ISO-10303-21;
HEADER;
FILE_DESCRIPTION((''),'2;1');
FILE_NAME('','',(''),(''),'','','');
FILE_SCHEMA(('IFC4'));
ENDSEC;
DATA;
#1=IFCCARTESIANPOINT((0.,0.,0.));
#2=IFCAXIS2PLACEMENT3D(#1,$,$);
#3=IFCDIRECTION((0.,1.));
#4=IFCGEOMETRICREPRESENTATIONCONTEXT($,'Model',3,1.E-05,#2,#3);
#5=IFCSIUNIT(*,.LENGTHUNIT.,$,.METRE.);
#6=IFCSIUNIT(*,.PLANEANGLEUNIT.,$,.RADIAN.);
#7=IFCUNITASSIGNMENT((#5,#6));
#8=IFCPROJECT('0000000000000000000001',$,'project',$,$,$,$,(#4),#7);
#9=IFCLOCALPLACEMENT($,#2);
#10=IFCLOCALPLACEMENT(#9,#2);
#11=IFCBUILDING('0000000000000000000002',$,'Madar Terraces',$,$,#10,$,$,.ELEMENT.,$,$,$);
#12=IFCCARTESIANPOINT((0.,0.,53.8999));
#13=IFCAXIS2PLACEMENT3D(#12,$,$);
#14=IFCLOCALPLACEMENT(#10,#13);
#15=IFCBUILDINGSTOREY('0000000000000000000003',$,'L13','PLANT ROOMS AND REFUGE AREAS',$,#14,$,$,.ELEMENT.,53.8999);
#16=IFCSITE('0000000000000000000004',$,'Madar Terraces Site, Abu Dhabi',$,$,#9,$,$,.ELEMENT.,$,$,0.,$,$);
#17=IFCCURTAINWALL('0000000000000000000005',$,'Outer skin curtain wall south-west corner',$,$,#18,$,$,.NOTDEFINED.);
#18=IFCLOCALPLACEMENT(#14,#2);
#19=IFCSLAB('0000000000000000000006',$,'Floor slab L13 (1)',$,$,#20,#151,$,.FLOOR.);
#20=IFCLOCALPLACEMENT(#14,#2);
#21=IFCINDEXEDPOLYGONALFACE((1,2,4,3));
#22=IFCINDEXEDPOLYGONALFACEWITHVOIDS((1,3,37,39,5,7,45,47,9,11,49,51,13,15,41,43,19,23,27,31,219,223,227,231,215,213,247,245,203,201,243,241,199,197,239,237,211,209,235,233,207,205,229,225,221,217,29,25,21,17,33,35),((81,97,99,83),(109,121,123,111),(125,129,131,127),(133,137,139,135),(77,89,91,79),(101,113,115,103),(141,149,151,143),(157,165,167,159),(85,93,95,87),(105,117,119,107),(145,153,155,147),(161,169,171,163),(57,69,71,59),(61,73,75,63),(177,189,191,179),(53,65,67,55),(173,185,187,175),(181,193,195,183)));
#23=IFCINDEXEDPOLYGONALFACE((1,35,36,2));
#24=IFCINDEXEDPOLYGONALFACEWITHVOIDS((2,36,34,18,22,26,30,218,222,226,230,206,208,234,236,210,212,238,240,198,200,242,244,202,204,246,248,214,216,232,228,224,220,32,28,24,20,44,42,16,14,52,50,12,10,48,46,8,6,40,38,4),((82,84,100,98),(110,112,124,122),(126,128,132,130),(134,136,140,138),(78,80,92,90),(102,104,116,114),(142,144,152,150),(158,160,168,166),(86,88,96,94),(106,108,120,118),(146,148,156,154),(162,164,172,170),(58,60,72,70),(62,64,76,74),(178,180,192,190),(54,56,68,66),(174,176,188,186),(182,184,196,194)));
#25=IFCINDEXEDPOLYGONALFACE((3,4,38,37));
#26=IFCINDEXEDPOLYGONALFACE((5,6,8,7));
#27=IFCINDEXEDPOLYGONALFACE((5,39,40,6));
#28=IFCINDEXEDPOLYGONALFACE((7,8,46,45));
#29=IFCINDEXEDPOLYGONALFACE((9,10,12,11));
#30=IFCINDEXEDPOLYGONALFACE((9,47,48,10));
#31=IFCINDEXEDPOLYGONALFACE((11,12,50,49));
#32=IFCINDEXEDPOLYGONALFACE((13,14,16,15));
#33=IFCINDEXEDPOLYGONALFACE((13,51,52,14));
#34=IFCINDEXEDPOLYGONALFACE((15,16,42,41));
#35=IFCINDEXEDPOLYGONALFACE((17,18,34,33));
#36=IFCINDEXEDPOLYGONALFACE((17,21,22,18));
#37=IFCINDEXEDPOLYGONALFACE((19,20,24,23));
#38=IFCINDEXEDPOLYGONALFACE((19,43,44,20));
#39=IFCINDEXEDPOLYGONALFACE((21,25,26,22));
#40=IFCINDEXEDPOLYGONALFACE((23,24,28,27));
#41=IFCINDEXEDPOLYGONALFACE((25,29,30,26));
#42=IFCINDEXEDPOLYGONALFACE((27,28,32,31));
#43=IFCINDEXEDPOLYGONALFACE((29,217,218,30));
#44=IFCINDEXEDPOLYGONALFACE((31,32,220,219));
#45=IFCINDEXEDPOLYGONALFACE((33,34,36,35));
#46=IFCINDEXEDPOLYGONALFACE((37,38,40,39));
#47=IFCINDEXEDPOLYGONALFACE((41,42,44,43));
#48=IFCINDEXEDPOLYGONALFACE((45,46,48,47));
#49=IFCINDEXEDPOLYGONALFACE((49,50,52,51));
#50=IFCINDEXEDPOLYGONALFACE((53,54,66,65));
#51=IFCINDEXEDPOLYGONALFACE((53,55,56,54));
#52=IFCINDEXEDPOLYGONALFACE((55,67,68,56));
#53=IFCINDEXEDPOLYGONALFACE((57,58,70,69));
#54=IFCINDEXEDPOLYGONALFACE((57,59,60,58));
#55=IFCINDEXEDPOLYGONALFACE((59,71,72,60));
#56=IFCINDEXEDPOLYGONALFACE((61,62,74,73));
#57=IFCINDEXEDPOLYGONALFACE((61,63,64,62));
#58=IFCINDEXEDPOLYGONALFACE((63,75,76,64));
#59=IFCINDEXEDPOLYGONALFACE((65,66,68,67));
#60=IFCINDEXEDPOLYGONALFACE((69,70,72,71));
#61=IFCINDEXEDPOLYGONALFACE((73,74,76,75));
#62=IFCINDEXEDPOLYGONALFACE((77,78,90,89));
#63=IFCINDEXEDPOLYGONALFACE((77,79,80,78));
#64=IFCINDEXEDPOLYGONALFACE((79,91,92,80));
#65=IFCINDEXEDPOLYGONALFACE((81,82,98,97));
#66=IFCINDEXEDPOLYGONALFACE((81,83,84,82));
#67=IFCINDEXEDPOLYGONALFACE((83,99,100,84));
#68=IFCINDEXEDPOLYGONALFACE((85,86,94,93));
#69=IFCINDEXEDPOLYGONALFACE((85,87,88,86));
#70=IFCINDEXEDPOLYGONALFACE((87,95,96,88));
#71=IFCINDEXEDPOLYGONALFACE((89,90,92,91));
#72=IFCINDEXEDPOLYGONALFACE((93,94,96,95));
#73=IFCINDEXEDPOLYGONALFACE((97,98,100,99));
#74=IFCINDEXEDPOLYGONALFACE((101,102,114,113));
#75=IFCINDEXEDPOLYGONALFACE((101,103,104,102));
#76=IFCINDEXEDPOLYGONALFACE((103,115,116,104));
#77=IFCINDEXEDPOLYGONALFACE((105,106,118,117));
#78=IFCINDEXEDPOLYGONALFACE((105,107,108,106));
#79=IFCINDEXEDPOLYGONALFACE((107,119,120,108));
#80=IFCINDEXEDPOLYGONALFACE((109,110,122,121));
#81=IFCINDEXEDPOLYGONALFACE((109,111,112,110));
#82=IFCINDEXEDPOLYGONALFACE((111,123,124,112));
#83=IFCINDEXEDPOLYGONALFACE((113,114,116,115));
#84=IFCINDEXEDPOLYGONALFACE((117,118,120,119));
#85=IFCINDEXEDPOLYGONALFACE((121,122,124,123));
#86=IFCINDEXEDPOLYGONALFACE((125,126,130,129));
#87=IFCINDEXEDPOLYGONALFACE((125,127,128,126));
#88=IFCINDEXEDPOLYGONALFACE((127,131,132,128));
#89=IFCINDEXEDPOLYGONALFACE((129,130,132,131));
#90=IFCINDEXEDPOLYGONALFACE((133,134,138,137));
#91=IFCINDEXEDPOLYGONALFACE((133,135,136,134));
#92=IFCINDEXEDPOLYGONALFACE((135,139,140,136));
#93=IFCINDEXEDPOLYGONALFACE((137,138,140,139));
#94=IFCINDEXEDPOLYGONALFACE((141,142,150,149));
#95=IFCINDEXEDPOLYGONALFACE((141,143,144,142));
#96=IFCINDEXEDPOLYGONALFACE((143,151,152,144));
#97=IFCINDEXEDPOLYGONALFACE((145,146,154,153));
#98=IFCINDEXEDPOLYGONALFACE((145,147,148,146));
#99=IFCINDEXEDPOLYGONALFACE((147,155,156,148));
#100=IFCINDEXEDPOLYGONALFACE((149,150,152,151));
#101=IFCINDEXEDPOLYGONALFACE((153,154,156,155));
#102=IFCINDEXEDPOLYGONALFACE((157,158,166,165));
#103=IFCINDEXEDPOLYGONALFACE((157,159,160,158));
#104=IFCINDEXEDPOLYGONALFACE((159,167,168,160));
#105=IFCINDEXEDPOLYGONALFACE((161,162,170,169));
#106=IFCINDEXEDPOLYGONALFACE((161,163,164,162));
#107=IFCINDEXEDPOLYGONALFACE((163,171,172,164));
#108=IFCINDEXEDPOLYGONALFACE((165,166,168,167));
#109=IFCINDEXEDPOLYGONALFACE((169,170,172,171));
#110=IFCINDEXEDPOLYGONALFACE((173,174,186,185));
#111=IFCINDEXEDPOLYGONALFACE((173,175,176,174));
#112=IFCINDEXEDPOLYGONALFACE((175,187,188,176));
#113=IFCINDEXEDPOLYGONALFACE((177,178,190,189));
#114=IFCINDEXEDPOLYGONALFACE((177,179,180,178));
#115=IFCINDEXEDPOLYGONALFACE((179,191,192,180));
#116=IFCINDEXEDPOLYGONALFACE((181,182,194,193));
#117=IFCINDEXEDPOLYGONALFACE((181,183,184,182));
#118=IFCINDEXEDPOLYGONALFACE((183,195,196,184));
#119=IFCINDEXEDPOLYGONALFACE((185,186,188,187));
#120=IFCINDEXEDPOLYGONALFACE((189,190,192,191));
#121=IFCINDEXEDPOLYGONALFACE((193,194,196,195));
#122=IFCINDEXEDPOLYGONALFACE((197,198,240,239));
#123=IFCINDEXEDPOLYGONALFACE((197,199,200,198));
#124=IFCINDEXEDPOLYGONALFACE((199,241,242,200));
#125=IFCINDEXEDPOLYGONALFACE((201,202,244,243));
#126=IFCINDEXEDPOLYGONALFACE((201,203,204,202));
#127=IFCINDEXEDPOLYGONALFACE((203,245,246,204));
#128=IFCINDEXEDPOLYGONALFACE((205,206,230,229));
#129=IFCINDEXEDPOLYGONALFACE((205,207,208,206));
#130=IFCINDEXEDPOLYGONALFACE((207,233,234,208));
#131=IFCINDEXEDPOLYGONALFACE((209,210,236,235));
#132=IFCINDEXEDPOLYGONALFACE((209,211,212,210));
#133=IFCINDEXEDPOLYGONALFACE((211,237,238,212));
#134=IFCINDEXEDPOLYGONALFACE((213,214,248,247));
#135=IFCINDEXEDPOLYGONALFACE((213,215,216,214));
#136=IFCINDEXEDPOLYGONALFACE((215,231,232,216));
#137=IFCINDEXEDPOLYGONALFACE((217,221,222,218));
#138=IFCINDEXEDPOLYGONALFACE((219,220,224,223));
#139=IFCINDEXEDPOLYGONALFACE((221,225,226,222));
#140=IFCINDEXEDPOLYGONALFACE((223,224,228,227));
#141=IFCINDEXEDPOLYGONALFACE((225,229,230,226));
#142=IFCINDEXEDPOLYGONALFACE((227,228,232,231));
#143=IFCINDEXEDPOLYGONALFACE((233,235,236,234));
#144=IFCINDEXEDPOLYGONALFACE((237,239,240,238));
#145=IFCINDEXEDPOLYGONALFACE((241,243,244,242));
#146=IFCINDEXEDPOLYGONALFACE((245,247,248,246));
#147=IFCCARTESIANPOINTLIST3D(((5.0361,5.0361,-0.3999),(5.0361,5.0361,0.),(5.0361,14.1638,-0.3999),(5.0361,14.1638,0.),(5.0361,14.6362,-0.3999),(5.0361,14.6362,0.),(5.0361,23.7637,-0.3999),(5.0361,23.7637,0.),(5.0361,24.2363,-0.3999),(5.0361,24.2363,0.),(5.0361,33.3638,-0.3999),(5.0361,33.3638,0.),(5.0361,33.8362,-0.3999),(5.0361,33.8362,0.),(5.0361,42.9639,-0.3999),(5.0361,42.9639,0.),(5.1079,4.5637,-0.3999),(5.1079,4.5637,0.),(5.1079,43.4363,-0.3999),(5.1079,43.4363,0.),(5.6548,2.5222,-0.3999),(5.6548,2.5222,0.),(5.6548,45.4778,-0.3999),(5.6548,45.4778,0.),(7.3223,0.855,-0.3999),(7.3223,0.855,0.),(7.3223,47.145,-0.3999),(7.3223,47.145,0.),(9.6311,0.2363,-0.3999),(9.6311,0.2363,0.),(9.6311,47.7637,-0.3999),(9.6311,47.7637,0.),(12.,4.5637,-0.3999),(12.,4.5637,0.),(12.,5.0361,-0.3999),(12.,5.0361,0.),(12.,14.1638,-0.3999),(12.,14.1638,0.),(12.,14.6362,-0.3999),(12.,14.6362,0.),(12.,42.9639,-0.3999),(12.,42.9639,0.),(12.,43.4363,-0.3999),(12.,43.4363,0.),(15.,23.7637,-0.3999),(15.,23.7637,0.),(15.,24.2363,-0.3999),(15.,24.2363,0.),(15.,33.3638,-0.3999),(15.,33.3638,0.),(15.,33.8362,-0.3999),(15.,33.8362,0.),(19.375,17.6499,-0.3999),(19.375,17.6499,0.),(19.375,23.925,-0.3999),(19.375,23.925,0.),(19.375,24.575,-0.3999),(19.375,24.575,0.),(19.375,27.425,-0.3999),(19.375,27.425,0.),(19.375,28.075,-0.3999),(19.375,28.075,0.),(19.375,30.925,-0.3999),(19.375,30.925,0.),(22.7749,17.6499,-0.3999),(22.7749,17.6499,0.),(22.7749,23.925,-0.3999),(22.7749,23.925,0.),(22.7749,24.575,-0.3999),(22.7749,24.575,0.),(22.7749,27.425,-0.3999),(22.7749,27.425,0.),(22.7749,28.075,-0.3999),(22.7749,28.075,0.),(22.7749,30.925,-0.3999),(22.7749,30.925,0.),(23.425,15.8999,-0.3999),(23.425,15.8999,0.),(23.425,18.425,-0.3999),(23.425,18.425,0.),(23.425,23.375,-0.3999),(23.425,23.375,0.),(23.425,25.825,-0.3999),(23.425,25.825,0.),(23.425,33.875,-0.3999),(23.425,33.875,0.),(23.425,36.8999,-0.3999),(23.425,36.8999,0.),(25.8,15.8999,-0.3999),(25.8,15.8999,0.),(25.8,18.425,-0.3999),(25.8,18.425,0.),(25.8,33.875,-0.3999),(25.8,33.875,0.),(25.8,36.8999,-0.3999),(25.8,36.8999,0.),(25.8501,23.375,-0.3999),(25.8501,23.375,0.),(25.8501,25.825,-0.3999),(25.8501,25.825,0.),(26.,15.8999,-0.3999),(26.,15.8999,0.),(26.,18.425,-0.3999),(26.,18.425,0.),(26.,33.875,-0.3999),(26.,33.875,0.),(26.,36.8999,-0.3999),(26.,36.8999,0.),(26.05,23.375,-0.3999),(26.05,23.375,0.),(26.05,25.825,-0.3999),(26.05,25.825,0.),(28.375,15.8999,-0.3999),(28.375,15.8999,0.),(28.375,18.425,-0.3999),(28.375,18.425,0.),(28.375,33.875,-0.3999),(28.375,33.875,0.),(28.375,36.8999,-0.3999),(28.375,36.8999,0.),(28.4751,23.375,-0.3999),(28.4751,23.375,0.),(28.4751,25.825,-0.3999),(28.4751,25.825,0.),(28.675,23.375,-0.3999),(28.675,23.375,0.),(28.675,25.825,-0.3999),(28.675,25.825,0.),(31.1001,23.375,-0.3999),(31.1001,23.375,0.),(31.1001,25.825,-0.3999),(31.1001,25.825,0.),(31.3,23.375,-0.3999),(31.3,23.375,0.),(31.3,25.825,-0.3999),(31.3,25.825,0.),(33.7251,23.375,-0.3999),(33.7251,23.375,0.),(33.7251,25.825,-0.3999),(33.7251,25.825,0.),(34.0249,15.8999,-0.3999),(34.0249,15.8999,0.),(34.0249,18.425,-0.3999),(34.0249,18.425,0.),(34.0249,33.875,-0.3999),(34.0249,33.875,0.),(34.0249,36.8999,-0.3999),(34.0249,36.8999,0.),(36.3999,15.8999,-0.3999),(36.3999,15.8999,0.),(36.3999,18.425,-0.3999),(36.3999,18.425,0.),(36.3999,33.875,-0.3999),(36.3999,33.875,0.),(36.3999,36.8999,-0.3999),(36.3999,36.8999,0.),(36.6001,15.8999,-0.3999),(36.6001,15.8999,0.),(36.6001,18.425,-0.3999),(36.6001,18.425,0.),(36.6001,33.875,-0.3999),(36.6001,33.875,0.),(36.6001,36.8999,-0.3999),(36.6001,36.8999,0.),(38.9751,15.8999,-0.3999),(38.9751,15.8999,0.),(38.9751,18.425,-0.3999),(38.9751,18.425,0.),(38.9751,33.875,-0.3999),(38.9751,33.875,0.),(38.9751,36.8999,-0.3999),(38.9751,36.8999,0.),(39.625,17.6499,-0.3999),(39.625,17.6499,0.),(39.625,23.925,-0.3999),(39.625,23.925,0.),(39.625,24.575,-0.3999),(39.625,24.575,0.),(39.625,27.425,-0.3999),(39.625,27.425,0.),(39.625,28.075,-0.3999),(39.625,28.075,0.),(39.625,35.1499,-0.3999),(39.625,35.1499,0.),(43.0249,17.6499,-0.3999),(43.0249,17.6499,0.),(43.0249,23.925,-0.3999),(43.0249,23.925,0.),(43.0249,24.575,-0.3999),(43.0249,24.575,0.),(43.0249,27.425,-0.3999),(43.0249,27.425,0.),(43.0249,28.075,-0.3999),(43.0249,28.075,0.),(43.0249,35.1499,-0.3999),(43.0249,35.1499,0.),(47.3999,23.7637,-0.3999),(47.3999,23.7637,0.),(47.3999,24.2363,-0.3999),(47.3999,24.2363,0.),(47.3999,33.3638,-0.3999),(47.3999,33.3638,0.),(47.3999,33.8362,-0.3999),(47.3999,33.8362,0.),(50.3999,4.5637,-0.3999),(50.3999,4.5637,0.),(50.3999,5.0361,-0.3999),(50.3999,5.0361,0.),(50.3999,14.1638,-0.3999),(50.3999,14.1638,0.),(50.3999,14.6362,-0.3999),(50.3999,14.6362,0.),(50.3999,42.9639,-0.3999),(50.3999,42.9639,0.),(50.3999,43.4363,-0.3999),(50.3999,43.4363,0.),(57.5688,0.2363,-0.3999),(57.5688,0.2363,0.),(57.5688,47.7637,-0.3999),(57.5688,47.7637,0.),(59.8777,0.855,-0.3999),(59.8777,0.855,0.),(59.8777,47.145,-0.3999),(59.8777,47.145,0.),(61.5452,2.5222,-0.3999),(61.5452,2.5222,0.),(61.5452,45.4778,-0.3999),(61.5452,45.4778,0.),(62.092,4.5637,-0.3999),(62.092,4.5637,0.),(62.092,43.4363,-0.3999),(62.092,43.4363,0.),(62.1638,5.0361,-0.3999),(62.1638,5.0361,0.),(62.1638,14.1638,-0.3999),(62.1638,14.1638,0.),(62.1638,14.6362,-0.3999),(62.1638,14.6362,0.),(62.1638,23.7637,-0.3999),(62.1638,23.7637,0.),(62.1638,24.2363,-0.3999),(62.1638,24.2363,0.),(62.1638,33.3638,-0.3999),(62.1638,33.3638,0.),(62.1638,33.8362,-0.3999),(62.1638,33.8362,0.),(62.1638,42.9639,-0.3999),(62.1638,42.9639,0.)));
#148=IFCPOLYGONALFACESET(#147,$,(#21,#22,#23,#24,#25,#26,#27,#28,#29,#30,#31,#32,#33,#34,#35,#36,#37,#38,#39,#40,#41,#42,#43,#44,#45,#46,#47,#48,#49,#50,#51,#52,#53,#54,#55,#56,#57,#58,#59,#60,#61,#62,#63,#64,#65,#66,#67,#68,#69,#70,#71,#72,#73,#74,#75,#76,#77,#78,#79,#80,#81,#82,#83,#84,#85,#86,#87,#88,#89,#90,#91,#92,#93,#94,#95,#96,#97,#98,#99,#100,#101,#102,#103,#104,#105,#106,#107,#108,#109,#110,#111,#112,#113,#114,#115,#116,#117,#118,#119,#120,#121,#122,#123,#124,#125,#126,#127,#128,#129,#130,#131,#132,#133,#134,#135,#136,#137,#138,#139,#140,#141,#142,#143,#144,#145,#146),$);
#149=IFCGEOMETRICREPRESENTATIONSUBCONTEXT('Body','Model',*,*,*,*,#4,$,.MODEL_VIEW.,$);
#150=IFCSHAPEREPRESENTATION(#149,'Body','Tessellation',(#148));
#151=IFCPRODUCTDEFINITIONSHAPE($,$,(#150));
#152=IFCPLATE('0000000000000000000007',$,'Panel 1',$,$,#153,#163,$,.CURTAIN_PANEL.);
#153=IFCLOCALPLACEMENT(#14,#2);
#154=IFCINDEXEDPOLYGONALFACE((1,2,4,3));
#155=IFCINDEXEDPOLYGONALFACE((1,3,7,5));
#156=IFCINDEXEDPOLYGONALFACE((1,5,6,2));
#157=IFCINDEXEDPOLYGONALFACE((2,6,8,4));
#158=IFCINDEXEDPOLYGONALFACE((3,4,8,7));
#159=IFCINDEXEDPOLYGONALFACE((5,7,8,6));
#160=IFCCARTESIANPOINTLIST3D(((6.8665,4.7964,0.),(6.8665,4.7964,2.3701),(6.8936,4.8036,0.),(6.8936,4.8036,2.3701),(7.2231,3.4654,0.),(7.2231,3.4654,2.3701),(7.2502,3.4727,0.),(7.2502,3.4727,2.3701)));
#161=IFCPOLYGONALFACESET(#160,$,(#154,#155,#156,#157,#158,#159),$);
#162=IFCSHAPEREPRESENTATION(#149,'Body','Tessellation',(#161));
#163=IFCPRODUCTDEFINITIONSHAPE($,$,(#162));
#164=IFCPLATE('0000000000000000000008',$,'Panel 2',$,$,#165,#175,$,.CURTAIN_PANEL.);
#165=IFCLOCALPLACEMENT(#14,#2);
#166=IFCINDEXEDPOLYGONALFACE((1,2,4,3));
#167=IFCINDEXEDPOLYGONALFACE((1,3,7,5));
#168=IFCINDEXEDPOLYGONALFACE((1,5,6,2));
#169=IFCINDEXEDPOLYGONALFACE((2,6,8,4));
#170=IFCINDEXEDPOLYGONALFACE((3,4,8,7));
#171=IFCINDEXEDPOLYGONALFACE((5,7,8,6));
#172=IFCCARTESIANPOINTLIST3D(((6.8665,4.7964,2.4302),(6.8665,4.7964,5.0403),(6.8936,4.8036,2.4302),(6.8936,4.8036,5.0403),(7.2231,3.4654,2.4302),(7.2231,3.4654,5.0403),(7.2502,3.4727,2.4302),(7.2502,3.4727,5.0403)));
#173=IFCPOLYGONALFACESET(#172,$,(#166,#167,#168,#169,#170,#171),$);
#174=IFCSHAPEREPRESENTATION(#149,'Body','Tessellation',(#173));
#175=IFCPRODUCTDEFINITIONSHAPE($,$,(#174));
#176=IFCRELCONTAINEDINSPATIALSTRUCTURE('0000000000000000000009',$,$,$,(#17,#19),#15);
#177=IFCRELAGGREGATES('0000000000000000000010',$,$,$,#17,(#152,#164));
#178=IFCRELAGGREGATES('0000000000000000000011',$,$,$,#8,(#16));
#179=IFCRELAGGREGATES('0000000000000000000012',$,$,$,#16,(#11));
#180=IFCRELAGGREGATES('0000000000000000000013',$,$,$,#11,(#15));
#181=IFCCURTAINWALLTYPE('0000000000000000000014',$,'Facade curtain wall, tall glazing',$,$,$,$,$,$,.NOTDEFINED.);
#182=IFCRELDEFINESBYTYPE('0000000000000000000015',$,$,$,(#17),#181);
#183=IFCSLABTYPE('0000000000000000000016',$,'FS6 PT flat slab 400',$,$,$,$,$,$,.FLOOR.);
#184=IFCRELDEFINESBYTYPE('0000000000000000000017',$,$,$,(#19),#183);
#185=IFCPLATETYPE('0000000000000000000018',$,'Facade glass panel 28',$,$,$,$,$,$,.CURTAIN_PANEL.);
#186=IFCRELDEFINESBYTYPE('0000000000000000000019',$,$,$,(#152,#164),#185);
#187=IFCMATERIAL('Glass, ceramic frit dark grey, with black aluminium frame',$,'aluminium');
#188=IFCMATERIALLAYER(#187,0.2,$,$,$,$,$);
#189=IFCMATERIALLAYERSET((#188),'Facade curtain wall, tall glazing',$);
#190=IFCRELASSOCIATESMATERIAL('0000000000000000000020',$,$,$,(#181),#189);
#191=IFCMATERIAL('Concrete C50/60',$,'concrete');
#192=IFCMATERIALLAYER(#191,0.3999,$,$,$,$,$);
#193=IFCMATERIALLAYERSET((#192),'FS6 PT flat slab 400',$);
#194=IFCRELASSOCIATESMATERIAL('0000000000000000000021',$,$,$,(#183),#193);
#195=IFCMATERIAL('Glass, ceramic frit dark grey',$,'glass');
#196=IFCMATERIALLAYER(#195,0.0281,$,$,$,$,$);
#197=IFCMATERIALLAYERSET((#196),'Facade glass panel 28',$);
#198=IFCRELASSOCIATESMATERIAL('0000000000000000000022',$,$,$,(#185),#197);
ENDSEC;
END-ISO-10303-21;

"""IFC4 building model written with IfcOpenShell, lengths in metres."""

from ifc_helpers import new_model, si_unit, direction, frame, origin, origin_2d, place, context, subcontext, project, spatial, polyline, rectangle, outline, extrude, material, layer, layer_set, type_object, element, aggregate, save


model = new_model("IFC4")

# Units and contexts
model_context = context("Model", 3, precision=1e-05, world=origin(), true_north=direction((0.0, 1.0)))
body_context = subcontext(model_context, "Body", "Model", "MODEL_VIEW")
ifc_project = project(units=[si_unit("LENGTHUNIT", "METRE"), si_unit("PLANEANGLEUNIT", "RADIAN")], contexts=[model_context])

# Site, building, storey
site_placement = place(None, origin())
site = spatial("IfcSite", under=ifc_project, at=site_placement, Name="Madar Terraces Site, Abu Dhabi", CompositionType="ELEMENT", RefElevation=0.0)
building_placement = place(site_placement, origin())
building = spatial("IfcBuilding", under=site, at=building_placement, Name="Madar Terraces", CompositionType="ELEMENT")
storey_placement = place(building_placement, frame((0.0, 0.0, 53.8999)))
storey = spatial("IfcBuildingStorey", under=building, at=storey_placement, Name="L13", Description="PLANT ROOMS AND REFUGE AREAS", CompositionType="ELEMENT", Elevation=53.8999)

# Curtain wall
ifc_material_1 = material(Name="Glass, ceramic frit dark grey, with black aluminium frame", Category="aluminium")
ifc_layer_1 = layer(ifc_material_1, 0.2)
ifc_layer_set_1 = layer_set([ifc_layer_1], Name="Facade curtain wall, tall glazing")
curtain_wall_type = type_object("IfcCurtainWallType", Name="Facade curtain wall, tall glazing", PredefinedType="NOTDEFINED", material=ifc_layer_set_1)
curtain_wall_placement = place(storey_placement, origin())
curtain_wall = element("IfcCurtainWall", 1, at=curtain_wall_placement, inside=storey, type_object=curtain_wall_type, Name="Outer skin curtain wall south-west corner", PredefinedType="NOTDEFINED")

# Slab
ifc_material_2 = material(Name="Concrete C50/60", Category="concrete")
ifc_layer_2 = layer(ifc_material_2, 0.3999)
ifc_layer_set_2 = layer_set([ifc_layer_2], Name="FS6 PT flat slab 400")
slab_type_1 = type_object("IfcSlabType", Name="FS6 PT flat slab 400", PredefinedType="FLOOR", material=ifc_layer_set_2)
slab_1_placement = place(storey_placement, frame((0.0, 0.0, -0.3999)))
element("IfcSlab", 2, at=slab_1_placement, inside=storey, type_object=slab_type_1, Name="Floor slab L13 (1)", PredefinedType="FLOOR", context=body_context, shape_type="SweptSolid", body=[
    extrude(outline(polyline([(9.6311, 0.2363), (57.5688, 0.2363), (59.8777, 0.855), (61.5452, 2.5222), (62.092, 4.5637), (50.3999, 4.5637), (50.3999, 5.0361), (62.1638, 5.0361), (62.1638, 14.1638), (50.3999, 14.1638), (50.3999, 14.6362), (62.1638, 14.6362), (62.1638, 23.7637), (47.3999, 23.7637), (47.3999, 24.2363), (62.1638, 24.2363), (62.1638, 33.3638), (47.3999, 33.3638), (47.3999, 33.8362), (62.1638, 33.8362), (62.1638, 42.9639), (50.3999, 42.9639), (50.3999, 43.4363), (62.092, 43.4363), (61.5452, 45.4778), (59.8777, 47.145), (57.5688, 47.7637), (9.6311, 47.7637), (7.3223, 47.145), (5.6548, 45.4778), (5.1079, 43.4363), (12.0, 43.4363), (12.0, 42.9639), (5.0361, 42.9639), (5.0361, 33.8362), (15.0, 33.8362), (15.0, 33.3638), (5.0361, 33.3638), (5.0361, 24.2363), (15.0, 24.2363), (15.0, 23.7637), (5.0361, 23.7637), (5.0361, 14.6362), (12.0, 14.6362), (12.0, 14.1638), (5.0361, 14.1638), (5.0361, 5.0361), (12.0, 5.0361), (12.0, 4.5637), (5.1079, 4.5637), (5.6548, 2.5222), (7.3223, 0.855), (9.6311, 0.2363)]), holes=[polyline([(23.425, 15.8999), (23.425, 18.425), (25.8, 18.425), (25.8, 15.8999), (23.425, 15.8999)]), polyline([(26.0, 15.8999), (26.0, 18.425), (28.375, 18.425), (28.375, 15.8999), (26.0, 15.8999)]), polyline([(19.375, 17.6499), (19.375, 23.925), (22.7749, 23.925), (22.7749, 17.6499), (19.375, 17.6499)]), polyline([(23.425, 23.375), (23.425, 25.825), (25.8501, 25.825), (25.8501, 23.375), (23.425, 23.375)]), polyline([(26.05, 23.375), (26.05, 25.825), (28.4751, 25.825), (28.4751, 23.375), (26.05, 23.375)]), polyline([(19.375, 24.575), (19.375, 27.425), (22.7749, 27.425), (22.7749, 24.575), (19.375, 24.575)]), polyline([(19.375, 28.075), (19.375, 30.925), (22.7749, 30.925), (22.7749, 28.075), (19.375, 28.075)]), polyline([(23.425, 36.8999), (25.8, 36.8999), (25.8, 33.875), (23.425, 33.875), (23.425, 36.8999)]), polyline([(26.0, 36.8999), (28.375, 36.8999), (28.375, 33.875), (26.0, 33.875), (26.0, 36.8999)]), polyline([(34.0249, 15.8999), (34.0249, 18.425), (36.3999, 18.425), (36.3999, 15.8999), (34.0249, 15.8999)]), polyline([(36.6001, 15.8999), (36.6001, 18.425), (38.9751, 18.425), (38.9751, 15.8999), (36.6001, 15.8999)]), polyline([(39.625, 17.6499), (39.625, 23.925), (43.0249, 23.925), (43.0249, 17.6499), (39.625, 17.6499)]), polyline([(28.675, 23.375), (28.675, 25.825), (31.1001, 25.825), (31.1001, 23.375), (28.675, 23.375)]), polyline([(31.3, 23.375), (31.3, 25.825), (33.7251, 25.825), (33.7251, 23.375), (31.3, 23.375)]), polyline([(39.625, 24.575), (39.625, 27.425), (43.0249, 27.425), (43.0249, 24.575), (39.625, 24.575)]), polyline([(39.625, 28.075), (39.625, 35.1499), (43.0249, 35.1499), (43.0249, 28.075), (39.625, 28.075)]), polyline([(34.0249, 36.8999), (36.3999, 36.8999), (36.3999, 33.875), (34.0249, 33.875), (34.0249, 36.8999)]), polyline([(36.6001, 36.8999), (38.9751, 36.8999), (38.9751, 33.875), (36.6001, 33.875), (36.6001, 36.8999)])]), origin(), (0.0, 0.0, 1.0), 0.3999),
])

# Plates
ifc_material_3 = material(Name="Glass, ceramic frit dark grey", Category="glass")
ifc_layer_3 = layer(ifc_material_3, 0.0281)
ifc_layer_set_3 = layer_set([ifc_layer_3], Name="Facade glass panel 28")
plate_type = type_object("IfcPlateType", Name="Facade glass panel 28", PredefinedType="CURTAIN_PANEL", material=ifc_layer_set_3)
plate_1_placement = place(storey_placement, frame((7.0583, 4.1345, 0.0), z_axis=(0.0, 0.0, 1.0), x_axis=(0.258819, -0.965926, 0.0)))
plate_1 = element("IfcPlate", 3, at=plate_1_placement, type_object=plate_type, Name="Panel 1", PredefinedType="CURTAIN_PANEL", context=body_context, shape_type="SweptSolid", body=[
    extrude(rectangle(XDim=1.3779, YDim=0.0281, at=origin_2d()), origin(), (0.0, 0.0, 1.0), 2.3701),
])
plate_2_placement = place(storey_placement, frame((7.0583, 4.1345, 2.4302), z_axis=(0.0, 0.0, 1.0), x_axis=(0.258819, -0.965926, 0.0)))
plate_2 = element("IfcPlate", 4, at=plate_2_placement, type_object=plate_type, Name="Panel 2", PredefinedType="CURTAIN_PANEL", context=body_context, shape_type="SweptSolid", body=[
    extrude(rectangle(XDim=1.3779, YDim=0.0281, at=origin_2d()), origin(), (0.0, 0.0, 1.0), 2.6101),
])
aggregate(curtain_wall, [plate_1, plate_2])

save(model, "model.ifc")
